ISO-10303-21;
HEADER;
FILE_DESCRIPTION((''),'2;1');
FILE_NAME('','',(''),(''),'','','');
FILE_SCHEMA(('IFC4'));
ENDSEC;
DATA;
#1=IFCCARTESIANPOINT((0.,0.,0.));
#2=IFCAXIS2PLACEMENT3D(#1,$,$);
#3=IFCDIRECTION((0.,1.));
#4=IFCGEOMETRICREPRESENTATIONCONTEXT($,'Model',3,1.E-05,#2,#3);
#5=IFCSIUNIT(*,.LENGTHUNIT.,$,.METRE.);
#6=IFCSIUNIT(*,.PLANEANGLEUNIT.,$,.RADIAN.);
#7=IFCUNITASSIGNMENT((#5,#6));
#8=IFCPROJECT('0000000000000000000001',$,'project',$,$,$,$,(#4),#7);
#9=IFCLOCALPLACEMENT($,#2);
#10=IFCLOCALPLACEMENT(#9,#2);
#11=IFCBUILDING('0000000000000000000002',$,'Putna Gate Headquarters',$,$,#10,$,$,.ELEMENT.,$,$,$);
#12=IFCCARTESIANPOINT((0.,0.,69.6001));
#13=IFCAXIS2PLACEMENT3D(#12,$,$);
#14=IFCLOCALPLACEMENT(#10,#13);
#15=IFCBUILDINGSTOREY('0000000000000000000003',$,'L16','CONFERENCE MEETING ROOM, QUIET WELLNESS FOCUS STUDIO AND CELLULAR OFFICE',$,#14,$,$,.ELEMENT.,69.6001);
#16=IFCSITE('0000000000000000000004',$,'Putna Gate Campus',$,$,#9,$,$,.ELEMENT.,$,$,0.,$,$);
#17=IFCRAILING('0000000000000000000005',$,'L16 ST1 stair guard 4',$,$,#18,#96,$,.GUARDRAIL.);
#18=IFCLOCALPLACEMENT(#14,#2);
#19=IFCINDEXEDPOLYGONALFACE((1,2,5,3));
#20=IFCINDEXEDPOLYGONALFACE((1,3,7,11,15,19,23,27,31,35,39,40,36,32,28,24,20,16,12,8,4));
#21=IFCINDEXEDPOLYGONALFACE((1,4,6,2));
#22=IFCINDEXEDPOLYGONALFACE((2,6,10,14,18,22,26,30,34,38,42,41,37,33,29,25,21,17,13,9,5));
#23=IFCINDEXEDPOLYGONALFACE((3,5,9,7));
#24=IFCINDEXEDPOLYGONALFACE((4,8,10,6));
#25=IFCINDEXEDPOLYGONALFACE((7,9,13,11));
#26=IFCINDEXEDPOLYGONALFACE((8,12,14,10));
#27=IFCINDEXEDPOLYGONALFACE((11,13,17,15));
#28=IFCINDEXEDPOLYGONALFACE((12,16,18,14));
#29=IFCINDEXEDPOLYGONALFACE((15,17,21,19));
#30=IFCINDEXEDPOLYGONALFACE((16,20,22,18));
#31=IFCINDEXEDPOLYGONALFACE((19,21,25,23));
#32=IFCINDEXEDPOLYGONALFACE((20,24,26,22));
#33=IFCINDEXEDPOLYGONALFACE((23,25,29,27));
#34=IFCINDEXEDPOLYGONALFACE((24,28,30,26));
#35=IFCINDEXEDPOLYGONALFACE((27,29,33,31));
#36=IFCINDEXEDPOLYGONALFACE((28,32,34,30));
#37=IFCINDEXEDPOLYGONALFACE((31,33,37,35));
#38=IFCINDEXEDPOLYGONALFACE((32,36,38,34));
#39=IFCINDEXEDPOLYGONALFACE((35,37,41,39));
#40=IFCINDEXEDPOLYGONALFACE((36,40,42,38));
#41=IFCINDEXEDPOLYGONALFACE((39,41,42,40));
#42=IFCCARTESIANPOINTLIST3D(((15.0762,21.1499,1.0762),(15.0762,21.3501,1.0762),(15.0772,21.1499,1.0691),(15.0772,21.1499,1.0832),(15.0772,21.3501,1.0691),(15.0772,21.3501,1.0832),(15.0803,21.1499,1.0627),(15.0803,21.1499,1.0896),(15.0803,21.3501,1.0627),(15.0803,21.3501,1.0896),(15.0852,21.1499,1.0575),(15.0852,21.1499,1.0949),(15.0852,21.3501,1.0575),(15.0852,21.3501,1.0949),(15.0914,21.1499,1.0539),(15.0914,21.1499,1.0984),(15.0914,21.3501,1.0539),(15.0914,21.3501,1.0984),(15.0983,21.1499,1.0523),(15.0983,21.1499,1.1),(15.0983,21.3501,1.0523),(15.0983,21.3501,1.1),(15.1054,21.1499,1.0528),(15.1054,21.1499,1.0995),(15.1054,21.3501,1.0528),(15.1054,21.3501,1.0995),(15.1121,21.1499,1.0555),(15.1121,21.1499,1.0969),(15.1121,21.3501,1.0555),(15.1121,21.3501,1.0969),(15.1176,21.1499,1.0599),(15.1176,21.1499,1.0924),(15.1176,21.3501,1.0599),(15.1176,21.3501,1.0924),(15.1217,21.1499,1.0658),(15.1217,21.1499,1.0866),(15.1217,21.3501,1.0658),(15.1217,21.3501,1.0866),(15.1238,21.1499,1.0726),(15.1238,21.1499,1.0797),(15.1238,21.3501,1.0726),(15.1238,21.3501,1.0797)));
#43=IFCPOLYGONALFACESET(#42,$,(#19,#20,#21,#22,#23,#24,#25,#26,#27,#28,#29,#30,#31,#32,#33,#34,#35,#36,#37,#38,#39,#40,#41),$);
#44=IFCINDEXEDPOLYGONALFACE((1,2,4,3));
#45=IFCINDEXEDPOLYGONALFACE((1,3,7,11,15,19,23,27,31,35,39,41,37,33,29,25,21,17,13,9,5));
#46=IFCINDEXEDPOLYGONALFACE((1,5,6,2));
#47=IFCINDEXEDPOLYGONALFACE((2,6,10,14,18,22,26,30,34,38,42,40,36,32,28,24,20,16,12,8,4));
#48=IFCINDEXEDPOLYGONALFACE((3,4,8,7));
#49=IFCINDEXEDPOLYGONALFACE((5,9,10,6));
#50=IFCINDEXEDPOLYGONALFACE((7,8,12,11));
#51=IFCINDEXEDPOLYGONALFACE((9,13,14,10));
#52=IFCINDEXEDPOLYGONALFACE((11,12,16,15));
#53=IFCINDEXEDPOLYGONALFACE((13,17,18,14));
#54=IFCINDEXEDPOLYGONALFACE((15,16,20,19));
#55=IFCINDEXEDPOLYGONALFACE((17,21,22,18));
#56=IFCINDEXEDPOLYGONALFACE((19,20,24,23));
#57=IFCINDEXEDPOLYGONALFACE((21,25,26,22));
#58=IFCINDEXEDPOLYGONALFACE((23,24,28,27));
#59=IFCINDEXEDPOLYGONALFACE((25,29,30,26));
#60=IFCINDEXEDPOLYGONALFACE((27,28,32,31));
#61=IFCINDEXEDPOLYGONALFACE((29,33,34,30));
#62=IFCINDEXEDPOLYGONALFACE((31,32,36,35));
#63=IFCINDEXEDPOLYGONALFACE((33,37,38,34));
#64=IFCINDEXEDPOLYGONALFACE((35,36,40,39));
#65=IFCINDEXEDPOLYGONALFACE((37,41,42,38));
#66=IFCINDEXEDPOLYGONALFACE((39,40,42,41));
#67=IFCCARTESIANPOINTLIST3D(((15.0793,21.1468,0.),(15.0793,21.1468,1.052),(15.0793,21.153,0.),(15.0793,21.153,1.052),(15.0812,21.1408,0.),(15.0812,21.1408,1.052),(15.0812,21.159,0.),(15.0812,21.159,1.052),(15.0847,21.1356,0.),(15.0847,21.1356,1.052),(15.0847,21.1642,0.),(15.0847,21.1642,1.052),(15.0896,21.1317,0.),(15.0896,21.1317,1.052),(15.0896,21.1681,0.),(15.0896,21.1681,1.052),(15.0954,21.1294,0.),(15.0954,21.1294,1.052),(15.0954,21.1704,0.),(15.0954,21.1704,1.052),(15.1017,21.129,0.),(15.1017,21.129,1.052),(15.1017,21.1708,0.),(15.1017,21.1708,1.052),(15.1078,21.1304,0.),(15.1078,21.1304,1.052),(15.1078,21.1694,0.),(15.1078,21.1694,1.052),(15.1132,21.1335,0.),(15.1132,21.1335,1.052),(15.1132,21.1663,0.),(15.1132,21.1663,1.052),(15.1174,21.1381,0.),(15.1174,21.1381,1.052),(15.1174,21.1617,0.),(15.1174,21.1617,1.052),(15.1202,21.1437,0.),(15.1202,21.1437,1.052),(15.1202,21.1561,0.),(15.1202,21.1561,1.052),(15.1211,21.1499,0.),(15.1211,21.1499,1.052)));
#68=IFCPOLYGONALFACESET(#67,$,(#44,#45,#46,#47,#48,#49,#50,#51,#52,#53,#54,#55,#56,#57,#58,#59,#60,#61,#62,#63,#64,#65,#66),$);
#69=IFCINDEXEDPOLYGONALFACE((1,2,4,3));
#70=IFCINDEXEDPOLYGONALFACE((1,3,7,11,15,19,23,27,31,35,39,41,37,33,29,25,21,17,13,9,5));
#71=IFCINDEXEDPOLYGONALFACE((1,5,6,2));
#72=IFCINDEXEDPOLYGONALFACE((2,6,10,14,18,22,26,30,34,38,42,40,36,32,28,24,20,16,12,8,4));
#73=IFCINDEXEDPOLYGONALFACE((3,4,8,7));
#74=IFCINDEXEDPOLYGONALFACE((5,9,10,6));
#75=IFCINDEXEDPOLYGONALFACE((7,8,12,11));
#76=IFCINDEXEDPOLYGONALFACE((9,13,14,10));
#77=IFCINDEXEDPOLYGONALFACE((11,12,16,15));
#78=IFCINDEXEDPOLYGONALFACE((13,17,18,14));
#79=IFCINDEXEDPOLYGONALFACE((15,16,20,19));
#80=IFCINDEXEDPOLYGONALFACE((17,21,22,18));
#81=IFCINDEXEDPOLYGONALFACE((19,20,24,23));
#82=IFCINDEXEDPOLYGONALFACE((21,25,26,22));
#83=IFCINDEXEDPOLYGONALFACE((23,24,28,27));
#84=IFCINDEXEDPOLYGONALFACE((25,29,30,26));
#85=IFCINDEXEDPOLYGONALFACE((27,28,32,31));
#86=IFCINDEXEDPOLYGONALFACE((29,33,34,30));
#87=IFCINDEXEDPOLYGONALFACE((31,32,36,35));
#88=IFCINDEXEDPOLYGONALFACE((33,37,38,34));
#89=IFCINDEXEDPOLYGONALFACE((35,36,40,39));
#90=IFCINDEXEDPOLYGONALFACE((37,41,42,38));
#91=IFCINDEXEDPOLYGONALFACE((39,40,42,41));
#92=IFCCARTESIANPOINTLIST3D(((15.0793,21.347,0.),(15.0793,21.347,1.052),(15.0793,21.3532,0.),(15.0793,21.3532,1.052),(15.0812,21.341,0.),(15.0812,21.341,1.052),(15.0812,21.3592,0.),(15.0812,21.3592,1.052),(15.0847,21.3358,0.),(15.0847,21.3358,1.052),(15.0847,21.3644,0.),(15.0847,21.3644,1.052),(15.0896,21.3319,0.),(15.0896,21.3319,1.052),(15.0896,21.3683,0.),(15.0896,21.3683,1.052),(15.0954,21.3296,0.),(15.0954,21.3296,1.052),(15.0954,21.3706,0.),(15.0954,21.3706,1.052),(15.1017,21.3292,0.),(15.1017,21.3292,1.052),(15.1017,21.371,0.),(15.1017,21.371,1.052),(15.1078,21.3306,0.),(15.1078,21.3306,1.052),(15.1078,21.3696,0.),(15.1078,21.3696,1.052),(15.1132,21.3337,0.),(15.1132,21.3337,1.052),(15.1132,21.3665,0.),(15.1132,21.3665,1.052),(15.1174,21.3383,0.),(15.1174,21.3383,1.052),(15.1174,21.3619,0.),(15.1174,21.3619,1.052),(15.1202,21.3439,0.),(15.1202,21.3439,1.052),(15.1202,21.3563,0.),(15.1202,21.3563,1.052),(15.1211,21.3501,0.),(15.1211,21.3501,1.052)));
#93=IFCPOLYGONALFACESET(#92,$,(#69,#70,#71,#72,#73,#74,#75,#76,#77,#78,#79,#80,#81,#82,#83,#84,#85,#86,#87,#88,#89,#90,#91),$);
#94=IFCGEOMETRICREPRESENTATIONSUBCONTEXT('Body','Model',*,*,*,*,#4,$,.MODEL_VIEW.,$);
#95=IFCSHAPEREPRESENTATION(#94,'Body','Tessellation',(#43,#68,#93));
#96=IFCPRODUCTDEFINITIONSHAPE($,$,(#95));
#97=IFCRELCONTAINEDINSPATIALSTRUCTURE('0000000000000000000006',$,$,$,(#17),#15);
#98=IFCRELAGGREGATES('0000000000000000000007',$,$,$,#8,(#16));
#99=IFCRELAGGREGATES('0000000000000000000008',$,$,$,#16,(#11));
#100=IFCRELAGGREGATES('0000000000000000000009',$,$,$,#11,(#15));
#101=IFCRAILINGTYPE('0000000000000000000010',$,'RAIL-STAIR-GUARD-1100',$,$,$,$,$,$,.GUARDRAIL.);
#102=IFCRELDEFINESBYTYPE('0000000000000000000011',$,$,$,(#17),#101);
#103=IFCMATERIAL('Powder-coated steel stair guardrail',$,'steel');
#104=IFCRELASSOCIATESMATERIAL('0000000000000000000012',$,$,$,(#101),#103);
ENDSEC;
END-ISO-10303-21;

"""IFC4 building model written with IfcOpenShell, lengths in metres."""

from ifc_helpers import new_model, si_unit, direction, frame, origin, origin_2d, place, context, subcontext, project, spatial, circle, extrude, material, type_object, element, save


model = new_model("IFC4")

# Units and contexts
model_context = context("Model", 3, precision=1e-05, world=origin(), true_north=direction((0.0, 1.0)))
body_context = subcontext(model_context, "Body", "Model", "MODEL_VIEW")
ifc_project = project(units=[si_unit("LENGTHUNIT", "METRE"), si_unit("PLANEANGLEUNIT", "RADIAN")], contexts=[model_context])

# Site, building, storey
site_placement = place(None, origin())
site = spatial("IfcSite", under=ifc_project, at=site_placement, Name="Putna Gate Campus", CompositionType="ELEMENT", RefElevation=0.0)
building_placement = place(site_placement, origin())
building = spatial("IfcBuilding", under=site, at=building_placement, Name="Putna Gate Headquarters", CompositionType="ELEMENT")
storey_placement = place(building_placement, frame((0.0, 0.0, 69.6001)))
storey = spatial("IfcBuildingStorey", under=building, at=storey_placement, Name="L16", Description="CONFERENCE MEETING ROOM, QUIET WELLNESS FOCUS STUDIO AND CELLULAR OFFICE", CompositionType="ELEMENT", Elevation=69.6001)

# Railing
ifc_material_1 = material(Name="Powder-coated steel stair guardrail", Category="steel")
railing_type_1 = type_object("IfcRailingType", Name="RAIL-STAIR-GUARD-1100", PredefinedType="GUARDRAIL", material=ifc_material_1)
railing_1_placement = place(storey_placement, frame((15.1001, 21.1499, 0.0)))
element("IfcRailing", 1, at=railing_1_placement, inside=storey, type_object=railing_type_1, Name="L16 ST1 stair guard 4", PredefinedType="GUARDRAIL", context=body_context, shape_type="SweptSolid", body=[
    extrude(circle(Radius=0.0239, at=origin_2d()), frame((0.0, 0.0, 1.0762), z_axis=(0.0, 1.0, 0.0), x_axis=(-1.0, 0.0, 0.0)), (0.0, 0.0, 1.0), 0.2002),
    extrude(circle(Radius=0.021, at=origin_2d()), origin(), (0.0, 0.0, 1.0), 1.052),
    extrude(circle(Radius=0.021, at=origin_2d()), frame((0.0, 0.2002, 0.0)), (0.0, 0.0, 1.0), 1.052),
])

save(model, "model.ifc")
